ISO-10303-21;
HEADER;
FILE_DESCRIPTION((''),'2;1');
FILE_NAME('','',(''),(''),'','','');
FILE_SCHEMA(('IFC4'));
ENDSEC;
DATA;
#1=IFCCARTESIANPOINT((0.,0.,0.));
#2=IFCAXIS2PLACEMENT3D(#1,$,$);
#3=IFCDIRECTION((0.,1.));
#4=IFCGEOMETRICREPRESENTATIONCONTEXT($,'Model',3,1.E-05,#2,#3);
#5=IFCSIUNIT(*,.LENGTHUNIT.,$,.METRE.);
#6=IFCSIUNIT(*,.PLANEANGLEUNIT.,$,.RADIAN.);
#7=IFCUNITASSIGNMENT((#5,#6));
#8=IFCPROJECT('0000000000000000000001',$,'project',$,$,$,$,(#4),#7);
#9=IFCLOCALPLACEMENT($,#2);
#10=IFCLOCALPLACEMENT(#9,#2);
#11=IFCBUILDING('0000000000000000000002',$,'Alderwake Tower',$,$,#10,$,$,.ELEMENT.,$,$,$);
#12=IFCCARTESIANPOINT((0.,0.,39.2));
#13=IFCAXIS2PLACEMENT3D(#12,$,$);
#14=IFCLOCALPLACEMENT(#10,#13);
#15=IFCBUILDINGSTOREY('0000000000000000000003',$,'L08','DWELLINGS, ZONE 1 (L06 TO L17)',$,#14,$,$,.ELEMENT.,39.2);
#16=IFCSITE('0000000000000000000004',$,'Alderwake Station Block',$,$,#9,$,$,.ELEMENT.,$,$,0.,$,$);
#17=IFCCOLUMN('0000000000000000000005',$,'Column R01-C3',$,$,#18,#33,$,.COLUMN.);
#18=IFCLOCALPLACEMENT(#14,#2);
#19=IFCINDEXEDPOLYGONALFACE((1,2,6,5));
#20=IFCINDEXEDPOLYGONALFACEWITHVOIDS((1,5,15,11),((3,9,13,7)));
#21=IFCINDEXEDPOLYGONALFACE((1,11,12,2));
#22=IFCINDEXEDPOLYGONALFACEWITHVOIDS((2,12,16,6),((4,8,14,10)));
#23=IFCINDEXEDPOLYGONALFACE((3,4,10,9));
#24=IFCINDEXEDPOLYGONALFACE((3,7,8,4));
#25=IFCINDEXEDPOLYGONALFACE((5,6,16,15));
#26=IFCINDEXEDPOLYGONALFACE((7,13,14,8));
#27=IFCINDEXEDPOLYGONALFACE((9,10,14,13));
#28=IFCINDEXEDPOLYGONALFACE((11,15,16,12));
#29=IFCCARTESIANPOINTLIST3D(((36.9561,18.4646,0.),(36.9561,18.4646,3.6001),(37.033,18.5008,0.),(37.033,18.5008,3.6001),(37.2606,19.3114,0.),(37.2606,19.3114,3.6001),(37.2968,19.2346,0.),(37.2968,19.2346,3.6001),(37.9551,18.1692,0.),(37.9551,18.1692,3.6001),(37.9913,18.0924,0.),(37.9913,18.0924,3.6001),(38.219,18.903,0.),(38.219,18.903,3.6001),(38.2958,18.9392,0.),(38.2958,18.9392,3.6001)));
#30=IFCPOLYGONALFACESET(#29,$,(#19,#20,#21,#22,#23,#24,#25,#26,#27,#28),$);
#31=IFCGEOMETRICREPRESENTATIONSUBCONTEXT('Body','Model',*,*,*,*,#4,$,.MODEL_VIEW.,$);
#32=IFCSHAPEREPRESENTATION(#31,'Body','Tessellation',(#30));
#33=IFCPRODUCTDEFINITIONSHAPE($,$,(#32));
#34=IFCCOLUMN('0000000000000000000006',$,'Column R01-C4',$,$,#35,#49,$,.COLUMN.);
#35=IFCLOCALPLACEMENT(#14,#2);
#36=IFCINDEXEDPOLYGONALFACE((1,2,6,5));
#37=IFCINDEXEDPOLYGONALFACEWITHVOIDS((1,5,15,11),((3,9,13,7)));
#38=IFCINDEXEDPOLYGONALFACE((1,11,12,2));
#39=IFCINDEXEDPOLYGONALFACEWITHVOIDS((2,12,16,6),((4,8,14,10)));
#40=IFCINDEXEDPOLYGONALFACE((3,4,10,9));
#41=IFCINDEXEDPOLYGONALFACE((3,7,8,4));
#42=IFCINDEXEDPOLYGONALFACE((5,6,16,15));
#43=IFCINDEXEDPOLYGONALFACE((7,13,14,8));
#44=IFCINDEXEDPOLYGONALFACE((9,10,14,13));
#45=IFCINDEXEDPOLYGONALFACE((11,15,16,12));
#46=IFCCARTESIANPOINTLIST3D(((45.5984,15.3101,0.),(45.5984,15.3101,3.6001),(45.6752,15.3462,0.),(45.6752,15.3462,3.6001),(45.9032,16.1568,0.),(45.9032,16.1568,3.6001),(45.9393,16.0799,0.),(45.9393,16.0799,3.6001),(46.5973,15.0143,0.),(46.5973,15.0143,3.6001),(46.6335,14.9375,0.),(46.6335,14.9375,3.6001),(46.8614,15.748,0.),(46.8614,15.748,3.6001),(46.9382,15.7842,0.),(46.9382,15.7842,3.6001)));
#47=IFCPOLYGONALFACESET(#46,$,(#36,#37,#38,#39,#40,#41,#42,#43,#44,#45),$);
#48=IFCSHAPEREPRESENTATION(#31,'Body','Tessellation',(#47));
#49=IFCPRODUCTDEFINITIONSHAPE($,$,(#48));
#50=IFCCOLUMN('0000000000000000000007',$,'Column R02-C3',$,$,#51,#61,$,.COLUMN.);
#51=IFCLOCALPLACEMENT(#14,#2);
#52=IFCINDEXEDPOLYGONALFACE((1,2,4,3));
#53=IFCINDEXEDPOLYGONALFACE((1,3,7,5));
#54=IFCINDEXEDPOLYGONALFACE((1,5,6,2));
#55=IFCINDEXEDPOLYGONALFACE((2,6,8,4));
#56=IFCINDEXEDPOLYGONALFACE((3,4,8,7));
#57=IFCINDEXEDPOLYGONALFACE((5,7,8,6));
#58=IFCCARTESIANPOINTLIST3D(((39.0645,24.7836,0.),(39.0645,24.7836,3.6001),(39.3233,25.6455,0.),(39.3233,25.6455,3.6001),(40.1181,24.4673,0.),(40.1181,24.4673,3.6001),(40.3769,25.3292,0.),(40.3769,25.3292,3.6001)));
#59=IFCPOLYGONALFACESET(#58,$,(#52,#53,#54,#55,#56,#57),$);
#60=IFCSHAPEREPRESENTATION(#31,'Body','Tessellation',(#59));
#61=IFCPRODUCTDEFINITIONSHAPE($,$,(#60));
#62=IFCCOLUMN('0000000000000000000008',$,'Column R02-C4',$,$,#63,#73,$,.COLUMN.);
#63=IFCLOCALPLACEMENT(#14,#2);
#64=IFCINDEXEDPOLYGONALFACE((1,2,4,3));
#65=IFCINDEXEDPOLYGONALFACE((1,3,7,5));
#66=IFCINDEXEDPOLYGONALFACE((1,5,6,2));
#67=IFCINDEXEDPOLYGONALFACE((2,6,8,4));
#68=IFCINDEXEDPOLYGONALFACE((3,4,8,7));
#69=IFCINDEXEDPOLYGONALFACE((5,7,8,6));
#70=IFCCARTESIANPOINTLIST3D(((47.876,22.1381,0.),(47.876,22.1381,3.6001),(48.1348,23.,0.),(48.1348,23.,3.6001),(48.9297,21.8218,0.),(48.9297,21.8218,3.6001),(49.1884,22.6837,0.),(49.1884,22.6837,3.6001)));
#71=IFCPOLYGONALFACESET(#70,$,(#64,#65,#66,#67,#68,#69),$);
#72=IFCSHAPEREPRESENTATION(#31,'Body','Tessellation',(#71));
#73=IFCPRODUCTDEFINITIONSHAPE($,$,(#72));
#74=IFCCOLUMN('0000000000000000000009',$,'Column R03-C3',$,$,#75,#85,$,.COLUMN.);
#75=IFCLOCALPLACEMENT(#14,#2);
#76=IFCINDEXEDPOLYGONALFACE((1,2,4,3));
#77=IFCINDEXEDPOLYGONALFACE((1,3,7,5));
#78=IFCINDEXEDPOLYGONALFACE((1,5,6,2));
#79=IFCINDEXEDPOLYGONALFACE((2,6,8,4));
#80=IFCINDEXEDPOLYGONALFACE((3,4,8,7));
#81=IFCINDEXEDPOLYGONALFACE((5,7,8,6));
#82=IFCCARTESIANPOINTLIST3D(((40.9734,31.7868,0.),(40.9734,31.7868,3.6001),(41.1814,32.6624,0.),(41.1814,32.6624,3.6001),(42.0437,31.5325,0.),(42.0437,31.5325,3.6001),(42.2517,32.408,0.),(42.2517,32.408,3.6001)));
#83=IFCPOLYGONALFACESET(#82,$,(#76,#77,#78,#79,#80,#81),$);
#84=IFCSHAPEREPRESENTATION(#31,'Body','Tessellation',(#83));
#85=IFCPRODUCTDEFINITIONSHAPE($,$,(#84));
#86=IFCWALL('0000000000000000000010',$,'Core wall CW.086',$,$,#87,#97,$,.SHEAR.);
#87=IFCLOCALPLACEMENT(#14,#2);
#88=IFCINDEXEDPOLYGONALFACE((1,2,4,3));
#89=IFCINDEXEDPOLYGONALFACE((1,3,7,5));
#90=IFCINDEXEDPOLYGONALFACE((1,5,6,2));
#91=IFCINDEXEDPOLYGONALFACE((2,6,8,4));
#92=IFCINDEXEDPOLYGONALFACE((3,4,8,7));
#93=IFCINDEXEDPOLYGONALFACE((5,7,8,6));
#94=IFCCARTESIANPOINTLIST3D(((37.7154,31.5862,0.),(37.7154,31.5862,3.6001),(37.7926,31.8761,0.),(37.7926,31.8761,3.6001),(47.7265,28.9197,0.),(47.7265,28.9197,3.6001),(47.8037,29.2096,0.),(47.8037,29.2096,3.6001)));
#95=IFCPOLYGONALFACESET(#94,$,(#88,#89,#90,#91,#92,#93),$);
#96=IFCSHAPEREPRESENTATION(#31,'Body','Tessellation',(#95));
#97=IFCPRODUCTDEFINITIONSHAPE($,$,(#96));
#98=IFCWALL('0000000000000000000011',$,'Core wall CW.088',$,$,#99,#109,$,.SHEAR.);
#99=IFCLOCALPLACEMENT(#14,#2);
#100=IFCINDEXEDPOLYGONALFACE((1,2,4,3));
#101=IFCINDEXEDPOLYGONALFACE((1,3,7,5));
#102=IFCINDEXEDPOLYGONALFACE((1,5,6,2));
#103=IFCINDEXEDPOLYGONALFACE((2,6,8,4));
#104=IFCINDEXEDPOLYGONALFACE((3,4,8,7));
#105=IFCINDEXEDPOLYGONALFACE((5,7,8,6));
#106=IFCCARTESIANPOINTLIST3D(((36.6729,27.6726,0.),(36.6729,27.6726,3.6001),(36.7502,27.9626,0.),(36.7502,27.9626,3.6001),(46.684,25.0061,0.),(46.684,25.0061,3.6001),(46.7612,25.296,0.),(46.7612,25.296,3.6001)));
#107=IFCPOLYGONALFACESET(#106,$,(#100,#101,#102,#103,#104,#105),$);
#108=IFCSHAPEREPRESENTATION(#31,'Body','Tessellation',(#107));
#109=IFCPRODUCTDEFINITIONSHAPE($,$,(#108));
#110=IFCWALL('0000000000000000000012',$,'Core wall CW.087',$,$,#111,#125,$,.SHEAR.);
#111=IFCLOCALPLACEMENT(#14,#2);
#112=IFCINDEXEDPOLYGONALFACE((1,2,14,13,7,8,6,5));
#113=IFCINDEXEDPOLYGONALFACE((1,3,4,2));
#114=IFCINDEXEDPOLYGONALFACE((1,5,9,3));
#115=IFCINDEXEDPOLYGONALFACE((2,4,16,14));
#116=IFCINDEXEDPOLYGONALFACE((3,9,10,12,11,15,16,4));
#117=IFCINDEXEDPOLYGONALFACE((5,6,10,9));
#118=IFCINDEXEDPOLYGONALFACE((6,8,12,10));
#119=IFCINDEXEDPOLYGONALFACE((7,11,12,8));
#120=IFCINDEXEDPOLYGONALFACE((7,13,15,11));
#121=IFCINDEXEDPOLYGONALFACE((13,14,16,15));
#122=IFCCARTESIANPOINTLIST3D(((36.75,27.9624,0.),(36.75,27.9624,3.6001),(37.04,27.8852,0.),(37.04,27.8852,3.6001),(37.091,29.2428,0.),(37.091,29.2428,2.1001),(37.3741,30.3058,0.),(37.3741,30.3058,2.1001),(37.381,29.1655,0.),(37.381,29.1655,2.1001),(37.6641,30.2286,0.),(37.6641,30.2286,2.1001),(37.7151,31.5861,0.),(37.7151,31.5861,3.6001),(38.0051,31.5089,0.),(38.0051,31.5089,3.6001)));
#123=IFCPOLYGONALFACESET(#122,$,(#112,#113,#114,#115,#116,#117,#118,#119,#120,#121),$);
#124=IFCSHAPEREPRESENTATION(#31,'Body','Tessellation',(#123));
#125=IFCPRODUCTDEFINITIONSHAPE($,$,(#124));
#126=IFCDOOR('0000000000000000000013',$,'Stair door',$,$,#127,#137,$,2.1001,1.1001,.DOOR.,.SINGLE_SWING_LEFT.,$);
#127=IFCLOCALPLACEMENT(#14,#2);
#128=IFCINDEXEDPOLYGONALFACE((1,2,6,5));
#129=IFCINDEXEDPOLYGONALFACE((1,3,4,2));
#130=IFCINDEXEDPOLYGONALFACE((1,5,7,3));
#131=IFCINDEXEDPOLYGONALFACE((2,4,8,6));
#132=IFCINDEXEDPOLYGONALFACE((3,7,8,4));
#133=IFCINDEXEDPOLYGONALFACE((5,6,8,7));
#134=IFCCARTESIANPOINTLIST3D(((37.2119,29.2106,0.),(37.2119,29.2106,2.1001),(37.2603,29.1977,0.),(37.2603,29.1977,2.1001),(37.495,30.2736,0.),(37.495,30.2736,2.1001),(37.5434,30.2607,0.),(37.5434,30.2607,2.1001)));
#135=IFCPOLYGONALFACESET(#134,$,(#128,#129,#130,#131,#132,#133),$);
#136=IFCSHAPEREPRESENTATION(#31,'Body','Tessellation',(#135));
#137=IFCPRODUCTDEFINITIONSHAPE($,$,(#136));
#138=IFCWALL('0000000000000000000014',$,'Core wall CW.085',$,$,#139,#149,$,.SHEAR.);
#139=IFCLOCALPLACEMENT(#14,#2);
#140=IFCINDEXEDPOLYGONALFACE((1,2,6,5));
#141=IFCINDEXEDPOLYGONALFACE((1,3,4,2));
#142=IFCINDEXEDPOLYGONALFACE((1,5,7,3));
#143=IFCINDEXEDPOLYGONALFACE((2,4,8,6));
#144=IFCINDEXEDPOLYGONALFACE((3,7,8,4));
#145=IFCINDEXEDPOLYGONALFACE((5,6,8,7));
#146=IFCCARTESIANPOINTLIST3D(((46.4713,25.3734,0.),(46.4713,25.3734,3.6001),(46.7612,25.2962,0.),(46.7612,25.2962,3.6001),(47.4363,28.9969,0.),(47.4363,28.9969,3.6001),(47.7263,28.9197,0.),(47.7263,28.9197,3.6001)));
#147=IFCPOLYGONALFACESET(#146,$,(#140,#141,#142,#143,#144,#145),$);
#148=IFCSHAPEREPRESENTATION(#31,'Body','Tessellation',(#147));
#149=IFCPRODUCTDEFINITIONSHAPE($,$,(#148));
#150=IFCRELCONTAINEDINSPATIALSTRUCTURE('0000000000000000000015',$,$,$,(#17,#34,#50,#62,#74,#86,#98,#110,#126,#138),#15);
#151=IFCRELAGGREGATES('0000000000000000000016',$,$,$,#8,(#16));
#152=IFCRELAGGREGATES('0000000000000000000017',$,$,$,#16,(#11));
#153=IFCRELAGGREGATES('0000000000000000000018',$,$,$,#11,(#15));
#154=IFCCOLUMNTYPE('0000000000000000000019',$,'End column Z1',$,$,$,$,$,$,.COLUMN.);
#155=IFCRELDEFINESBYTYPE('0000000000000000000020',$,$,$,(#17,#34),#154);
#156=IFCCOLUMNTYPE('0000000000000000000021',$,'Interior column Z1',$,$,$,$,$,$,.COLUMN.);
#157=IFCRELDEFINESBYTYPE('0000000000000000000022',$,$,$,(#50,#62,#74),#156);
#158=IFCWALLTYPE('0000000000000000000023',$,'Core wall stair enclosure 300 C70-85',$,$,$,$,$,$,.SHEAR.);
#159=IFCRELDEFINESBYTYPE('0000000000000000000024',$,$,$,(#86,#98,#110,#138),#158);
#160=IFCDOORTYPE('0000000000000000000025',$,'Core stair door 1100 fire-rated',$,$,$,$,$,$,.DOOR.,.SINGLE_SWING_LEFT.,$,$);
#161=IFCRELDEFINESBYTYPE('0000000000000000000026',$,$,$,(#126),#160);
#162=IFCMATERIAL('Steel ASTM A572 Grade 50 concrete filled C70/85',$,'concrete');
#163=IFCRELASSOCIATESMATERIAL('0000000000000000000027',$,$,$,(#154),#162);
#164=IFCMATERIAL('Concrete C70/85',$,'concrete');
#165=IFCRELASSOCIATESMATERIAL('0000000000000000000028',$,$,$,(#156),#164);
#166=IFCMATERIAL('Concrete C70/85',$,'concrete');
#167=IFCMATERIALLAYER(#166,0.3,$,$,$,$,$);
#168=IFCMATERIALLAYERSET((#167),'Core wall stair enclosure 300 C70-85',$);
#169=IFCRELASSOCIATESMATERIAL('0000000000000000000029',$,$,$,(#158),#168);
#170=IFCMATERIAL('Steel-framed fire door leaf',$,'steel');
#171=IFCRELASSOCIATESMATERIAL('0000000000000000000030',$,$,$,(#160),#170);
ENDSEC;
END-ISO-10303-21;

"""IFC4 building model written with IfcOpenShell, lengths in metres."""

from ifc_helpers import new_model, si_unit, direction, frame, frame_2d, origin, origin_2d, place, context, subcontext, project, spatial, rectangle, hollow_rectangle, extrude, material, layer, layer_set, material_profile, profile_set, type_object, element, fill, save


model = new_model("IFC4")

# Units and contexts
model_context = context("Model", 3, precision=1e-05, world=origin(), true_north=direction((0.0, 1.0)))
body_context = subcontext(model_context, "Body", "Model", "MODEL_VIEW")
ifc_project = project(units=[si_unit("LENGTHUNIT", "METRE"), si_unit("PLANEANGLEUNIT", "RADIAN")], contexts=[model_context])

# Site, building, storey
site_placement = place(None, origin())
site = spatial("IfcSite", under=ifc_project, at=site_placement, Name="Alderwake Station Block", CompositionType="ELEMENT", RefElevation=0.0)
building_placement = place(site_placement, origin())
building = spatial("IfcBuilding", under=site, at=building_placement, Name="Alderwake Tower", CompositionType="ELEMENT")
storey_placement = place(building_placement, frame((0.0, 0.0, 39.2)))
storey = spatial("IfcBuildingStorey", under=building, at=storey_placement, Name="L08", Description="DWELLINGS, ZONE 1 (L06 TO L17)", CompositionType="ELEMENT", Elevation=39.2)

# Columns
ifc_material_1 = material(Name="Steel ASTM A572 Grade 50 concrete filled C70/85", Category="concrete")
ifc_material_profile_1 = material_profile(ifc_material_1, hollow_rectangle(XDim=0.8999, YDim=1.1001, WallThickness=0.0601, at=origin_2d()), Name="BOX 1100X900X60")
ifc_profile_set_1 = profile_set([ifc_material_profile_1], Name="Steel ASTM A572 Grade 50 concrete filled C70/85")
column_type_1 = type_object("IfcColumnType", Name="End column Z1", PredefinedType="COLUMN", material=ifc_profile_set_1)
for number, where, z_axis, x_axis, name in (
    (1, (37.626, 18.7019, 0.0), (0.0, 0.0, 1.0), (0.338385, 0.941008, 0.0), "Column R01-C3"),
    (2, (46.2683, 15.5471, 0.0), (0.0, 0.0, 1.0), (0.338695, 0.940896, 0.0), "Column R01-C4"),
):
    element("IfcColumn", number, at=place(storey_placement, frame(where, z_axis=z_axis, x_axis=x_axis)), inside=storey, type_object=column_type_1, Name=name, PredefinedType="COLUMN", context=body_context, shape_type="SweptSolid", body=[
        extrude(hollow_rectangle(XDim=0.8999, YDim=1.1001, WallThickness=0.0601, at=origin_2d()), origin(), (0.0, 0.0, 1.0), 3.6001),
    ])
ifc_material_2 = material(Name="Concrete C70/85", Category="concrete")
ifc_material_profile_2 = material_profile(ifc_material_2, rectangle(XDim=0.8999, YDim=1.1001, at=origin_2d()), Name="RC 1100X900")
ifc_profile_set_2 = profile_set([ifc_material_profile_2], Name="Concrete C70/85")
column_type_2 = type_object("IfcColumnType", Name="Interior column Z1", PredefinedType="COLUMN", material=ifc_profile_set_2)
for number, where, z_axis, x_axis, name in (
    (3, (39.7207, 25.0564, 0.0), (0.0, 0.0, 1.0), (0.287549, 0.957766, 0.0), "Column R02-C3"),
    (4, (48.5322, 22.4109, 0.0), (0.0, 0.0, 1.0), (0.287549, 0.957766, 0.0), "Column R02-C4"),
    (5, (41.6125, 32.0974, 0.0), (0.0, 0.0, 1.0), (0.231222, 0.972901, 0.0), "Column R03-C3"),
):
    element("IfcColumn", number, at=place(storey_placement, frame(where, z_axis=z_axis, x_axis=x_axis)), inside=storey, type_object=column_type_2, Name=name, PredefinedType="COLUMN", context=body_context, shape_type="SweptSolid", body=[
        extrude(rectangle(XDim=0.8999, YDim=1.1001, at=origin_2d()), origin(), (0.0, 0.0, 1.0), 3.6001),
    ])

# Walls
ifc_material_3 = material(Name="Concrete C70/85", Category="concrete")
ifc_layer_1 = layer(ifc_material_3, 0.3)
ifc_layer_set_1 = layer_set([ifc_layer_1], Name="Core wall stair enclosure 300 C70-85")
wall_type_1 = type_object("IfcWallType", Name="Core wall stair enclosure 300 C70-85", PredefinedType="SHEAR", material=ifc_layer_set_1)
for number, where, z_axis, x_axis, name in (
    (6, (37.7539, 31.7312, 0.0), (0.0, 0.0, 1.0), (0.966309, -0.257384, 0.0), "Core wall CW.086"),
    (7, (36.7114, 27.8176, 0.0), (0.0, 0.0, 1.0), (0.966309, -0.257384, 0.0), "Core wall CW.088"),
):
    element("IfcWall", number, at=place(storey_placement, frame(where, z_axis=z_axis, x_axis=x_axis)), inside=storey, type_object=wall_type_1, Name=name, PredefinedType="SHEAR", context=body_context, shape_type="SweptSolid", body=[
        extrude(rectangle(XDim=10.3601, YDim=0.3, at=frame_2d((5.1802, 0.0))), origin(), (0.0, 0.0, 1.0), 3.6001),
    ])

# Wall, opening, door
wall_1_placement = place(storey_placement, frame((36.895, 27.9238, 0.0), z_axis=(0.0, 0.0, 1.0), x_axis=(0.257351, 0.966318, 0.0)))
wall_1 = element("IfcWall", 8, at=wall_1_placement, inside=storey, type_object=wall_type_1, Name="Core wall CW.087", PredefinedType="SHEAR", context=body_context, shape_type="SweptSolid", body=[
    extrude(rectangle(XDim=3.75, YDim=0.3, at=frame_2d((1.875, 0.0))), origin(), (0.0, 0.0, 1.0), 3.6001),
])
opening_1_placement = place(wall_1_placement, frame((1.325, 0.0, 0.0)))
opening_1 = element("IfcOpeningElement", 9, at=opening_1_placement, cuts=wall_1, PredefinedType="OPENING", context=body_context, shape_type="SweptSolid", body=[
    extrude(rectangle(XDim=1.1001, YDim=2.1001, at=frame_2d((0.55, 1.05))), frame((0.0, 0.1599, 0.0), z_axis=(0.0, -1.0, 0.0), x_axis=(1.0, 0.0, 0.0)), (0.0, 0.0, 1.0), 0.3201),
])
ifc_material_4 = material(Name="Steel-framed fire door leaf", Category="steel")
door_type_1 = type_object("IfcDoorType", Name="Core stair door 1100 fire-rated", OperationType="SINGLE_SWING_LEFT", PredefinedType="DOOR", material=ifc_material_4)
door_1_placement = place(opening_1_placement, origin())
door_1 = element("IfcDoor", 10, at=door_1_placement, inside=storey, type_object=door_type_1, Name="Stair door", OperationType="SINGLE_SWING_LEFT", OverallHeight=2.1001, OverallWidth=1.1001, PredefinedType="DOOR", context=body_context, shape_type="SweptSolid", body=[
    extrude(rectangle(XDim=1.1001, YDim=2.1001, at=frame_2d((0.55, 1.05))), frame((0.0, 0.0249, 0.0), z_axis=(0.0, -1.0, 0.0), x_axis=(1.0, 0.0, 0.0)), (0.0, 0.0, 1.0), 0.05),
])
fill(opening_1, door_1)

# Wall
wall_2_placement = place(storey_placement, frame((46.6162, 25.3347, 0.0), z_axis=(0.0, 0.0, 1.0), x_axis=(0.257367, 0.966314, 0.0)))
element("IfcWall", 11, at=wall_2_placement, inside=storey, type_object=wall_type_1, Name="Core wall CW.085", PredefinedType="SHEAR", context=body_context, shape_type="SweptSolid", body=[
    extrude(rectangle(XDim=3.7498, YDim=0.3, at=frame_2d((1.875, 0.0))), origin(), (0.0, 0.0, 1.0), 3.6001),
])

save(model, "model.ifc")
